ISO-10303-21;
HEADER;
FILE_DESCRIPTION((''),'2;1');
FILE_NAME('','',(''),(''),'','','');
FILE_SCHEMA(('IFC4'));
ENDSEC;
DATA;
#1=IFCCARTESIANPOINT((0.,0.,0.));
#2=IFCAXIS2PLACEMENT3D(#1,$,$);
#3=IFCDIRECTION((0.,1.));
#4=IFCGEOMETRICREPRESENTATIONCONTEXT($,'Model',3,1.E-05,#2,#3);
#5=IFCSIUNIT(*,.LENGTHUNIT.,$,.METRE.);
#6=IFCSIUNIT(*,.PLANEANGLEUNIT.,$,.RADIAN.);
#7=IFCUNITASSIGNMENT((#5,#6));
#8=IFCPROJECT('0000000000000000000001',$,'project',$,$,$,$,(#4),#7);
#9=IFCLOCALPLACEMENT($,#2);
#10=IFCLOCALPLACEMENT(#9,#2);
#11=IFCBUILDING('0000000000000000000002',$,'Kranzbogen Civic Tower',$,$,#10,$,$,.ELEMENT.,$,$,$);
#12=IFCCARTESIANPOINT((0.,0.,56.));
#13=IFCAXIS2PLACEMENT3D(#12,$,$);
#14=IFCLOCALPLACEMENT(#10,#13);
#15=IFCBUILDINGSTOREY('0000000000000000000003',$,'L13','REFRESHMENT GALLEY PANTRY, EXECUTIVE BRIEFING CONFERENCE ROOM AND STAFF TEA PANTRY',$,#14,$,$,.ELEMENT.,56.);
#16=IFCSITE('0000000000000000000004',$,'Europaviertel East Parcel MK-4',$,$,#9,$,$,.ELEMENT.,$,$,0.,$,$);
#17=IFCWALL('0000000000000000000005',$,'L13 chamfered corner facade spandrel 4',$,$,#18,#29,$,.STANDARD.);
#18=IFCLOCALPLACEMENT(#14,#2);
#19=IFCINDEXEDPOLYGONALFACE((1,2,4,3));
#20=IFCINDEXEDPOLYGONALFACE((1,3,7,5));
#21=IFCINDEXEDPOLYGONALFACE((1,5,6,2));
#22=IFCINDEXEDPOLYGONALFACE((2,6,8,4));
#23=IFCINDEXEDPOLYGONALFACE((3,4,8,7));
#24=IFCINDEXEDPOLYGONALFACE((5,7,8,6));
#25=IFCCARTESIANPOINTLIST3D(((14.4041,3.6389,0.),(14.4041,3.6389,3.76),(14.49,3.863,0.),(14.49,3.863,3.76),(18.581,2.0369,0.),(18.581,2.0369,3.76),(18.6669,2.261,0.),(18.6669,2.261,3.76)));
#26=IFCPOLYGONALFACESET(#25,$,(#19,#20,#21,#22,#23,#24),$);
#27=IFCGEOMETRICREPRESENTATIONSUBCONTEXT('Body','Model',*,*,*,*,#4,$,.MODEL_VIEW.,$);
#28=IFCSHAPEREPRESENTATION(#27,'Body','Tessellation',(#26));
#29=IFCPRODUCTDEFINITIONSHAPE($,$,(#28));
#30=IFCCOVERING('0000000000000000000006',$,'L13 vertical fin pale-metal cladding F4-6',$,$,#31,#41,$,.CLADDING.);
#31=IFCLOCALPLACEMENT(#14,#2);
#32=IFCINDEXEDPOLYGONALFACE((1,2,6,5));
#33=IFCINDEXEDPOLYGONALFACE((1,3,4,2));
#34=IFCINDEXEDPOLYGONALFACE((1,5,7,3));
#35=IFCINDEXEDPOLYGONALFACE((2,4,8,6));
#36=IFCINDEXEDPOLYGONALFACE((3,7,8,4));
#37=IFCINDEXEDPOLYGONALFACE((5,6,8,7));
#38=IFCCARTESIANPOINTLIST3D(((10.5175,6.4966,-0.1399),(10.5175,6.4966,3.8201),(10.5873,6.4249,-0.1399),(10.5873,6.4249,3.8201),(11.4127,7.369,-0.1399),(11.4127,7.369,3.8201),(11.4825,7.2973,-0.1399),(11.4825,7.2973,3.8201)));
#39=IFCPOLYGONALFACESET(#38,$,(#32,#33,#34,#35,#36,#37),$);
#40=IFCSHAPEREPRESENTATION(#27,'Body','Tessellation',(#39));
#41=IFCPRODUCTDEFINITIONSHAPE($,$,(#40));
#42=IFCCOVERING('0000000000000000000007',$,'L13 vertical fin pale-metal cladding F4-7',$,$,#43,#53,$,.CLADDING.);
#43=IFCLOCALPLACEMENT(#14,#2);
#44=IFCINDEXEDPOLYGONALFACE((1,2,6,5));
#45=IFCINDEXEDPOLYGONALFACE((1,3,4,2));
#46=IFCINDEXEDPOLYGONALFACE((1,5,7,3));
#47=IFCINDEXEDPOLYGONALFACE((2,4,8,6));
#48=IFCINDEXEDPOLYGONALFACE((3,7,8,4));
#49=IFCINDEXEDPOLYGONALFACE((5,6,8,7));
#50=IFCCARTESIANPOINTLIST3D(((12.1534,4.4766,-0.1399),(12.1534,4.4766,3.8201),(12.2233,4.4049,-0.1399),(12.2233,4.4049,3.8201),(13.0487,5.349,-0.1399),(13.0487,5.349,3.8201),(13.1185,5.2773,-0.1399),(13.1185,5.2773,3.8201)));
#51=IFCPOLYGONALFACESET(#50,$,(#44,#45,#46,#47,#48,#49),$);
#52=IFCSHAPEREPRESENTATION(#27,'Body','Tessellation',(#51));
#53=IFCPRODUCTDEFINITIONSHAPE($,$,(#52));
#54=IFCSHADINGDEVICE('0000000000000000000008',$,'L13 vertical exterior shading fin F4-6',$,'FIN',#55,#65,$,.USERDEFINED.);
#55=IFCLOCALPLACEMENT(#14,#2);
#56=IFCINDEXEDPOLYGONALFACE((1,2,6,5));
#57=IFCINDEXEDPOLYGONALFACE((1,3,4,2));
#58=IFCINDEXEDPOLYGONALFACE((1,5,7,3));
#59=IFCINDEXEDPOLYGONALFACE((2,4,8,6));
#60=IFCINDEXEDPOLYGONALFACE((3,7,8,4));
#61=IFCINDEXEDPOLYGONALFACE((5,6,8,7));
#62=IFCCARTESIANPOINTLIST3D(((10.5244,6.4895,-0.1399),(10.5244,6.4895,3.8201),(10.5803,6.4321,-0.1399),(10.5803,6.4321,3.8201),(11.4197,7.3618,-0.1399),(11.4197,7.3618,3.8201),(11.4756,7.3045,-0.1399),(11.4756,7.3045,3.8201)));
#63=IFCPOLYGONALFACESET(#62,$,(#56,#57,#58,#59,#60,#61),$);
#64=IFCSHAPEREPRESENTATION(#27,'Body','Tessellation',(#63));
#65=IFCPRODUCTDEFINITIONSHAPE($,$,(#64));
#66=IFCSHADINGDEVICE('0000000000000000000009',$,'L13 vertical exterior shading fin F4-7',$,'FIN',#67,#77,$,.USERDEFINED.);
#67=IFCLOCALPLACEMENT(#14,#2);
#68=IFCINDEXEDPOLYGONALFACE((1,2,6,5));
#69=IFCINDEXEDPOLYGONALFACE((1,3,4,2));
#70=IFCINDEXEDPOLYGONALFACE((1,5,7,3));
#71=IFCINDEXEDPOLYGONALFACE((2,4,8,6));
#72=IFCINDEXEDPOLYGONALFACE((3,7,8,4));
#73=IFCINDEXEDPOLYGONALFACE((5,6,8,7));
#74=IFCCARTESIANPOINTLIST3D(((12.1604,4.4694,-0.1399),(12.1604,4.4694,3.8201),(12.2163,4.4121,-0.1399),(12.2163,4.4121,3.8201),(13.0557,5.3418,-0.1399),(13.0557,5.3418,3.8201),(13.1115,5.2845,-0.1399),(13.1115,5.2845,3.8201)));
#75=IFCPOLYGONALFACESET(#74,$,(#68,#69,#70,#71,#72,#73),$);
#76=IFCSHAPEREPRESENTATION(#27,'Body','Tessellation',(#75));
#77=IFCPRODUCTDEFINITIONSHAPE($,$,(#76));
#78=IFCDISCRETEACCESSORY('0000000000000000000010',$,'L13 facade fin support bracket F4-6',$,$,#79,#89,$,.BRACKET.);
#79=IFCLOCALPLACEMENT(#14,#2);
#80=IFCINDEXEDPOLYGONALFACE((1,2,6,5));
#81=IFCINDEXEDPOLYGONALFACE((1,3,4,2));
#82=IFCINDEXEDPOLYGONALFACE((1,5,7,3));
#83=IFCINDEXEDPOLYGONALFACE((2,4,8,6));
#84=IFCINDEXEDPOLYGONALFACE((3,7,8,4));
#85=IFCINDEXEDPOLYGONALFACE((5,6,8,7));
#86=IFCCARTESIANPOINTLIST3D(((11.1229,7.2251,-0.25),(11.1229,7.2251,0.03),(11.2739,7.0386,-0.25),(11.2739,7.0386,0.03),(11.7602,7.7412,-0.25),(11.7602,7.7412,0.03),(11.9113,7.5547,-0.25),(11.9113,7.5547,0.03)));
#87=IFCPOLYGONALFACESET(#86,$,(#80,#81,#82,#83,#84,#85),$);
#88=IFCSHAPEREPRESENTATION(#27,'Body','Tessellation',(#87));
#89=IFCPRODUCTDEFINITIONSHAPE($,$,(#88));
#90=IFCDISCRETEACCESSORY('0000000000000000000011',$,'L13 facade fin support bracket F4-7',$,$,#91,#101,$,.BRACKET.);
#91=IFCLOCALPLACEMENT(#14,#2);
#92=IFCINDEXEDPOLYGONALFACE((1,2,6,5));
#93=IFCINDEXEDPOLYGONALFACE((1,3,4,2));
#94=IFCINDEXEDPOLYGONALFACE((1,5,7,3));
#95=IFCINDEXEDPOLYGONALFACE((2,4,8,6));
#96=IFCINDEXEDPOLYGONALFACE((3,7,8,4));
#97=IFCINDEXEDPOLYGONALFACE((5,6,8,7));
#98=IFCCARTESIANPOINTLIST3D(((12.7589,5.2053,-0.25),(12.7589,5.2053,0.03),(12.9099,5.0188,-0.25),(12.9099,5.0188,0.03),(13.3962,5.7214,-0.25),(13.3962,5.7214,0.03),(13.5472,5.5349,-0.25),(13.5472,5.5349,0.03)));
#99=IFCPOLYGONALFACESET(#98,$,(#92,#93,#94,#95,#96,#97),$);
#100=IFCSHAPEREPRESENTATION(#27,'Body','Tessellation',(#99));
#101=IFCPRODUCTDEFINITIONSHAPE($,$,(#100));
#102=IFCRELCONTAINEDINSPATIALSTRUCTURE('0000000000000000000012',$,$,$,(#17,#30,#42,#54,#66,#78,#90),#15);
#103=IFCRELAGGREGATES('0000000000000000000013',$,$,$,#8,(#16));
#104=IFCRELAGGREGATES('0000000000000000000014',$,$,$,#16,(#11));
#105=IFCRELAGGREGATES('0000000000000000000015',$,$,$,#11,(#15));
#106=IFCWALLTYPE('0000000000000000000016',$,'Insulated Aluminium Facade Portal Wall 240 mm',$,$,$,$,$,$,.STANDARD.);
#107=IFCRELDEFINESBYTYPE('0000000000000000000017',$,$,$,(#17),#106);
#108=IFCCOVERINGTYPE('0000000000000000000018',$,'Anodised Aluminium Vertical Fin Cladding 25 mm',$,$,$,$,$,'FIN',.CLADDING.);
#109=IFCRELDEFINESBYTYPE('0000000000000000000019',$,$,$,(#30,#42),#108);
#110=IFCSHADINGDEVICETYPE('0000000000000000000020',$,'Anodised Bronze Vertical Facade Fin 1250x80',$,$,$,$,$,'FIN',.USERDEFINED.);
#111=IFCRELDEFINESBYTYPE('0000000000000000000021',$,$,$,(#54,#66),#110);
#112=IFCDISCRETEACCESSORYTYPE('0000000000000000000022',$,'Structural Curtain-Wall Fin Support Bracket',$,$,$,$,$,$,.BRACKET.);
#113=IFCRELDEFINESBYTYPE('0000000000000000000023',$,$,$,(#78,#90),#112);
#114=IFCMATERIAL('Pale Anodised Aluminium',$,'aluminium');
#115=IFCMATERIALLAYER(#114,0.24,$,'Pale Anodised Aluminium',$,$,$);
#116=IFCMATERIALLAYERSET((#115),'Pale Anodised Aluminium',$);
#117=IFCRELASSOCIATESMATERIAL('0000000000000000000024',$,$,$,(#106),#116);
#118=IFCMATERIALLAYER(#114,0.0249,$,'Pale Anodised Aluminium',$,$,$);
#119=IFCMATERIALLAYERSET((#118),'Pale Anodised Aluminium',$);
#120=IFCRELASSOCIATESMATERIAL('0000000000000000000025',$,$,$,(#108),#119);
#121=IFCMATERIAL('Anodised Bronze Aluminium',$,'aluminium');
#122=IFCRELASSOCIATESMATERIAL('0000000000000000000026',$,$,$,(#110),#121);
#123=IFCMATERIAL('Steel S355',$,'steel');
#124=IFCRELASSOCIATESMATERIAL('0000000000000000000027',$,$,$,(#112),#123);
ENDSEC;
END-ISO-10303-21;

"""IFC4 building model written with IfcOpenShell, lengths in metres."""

from ifc_helpers import new_model, si_unit, direction, frame, frame_2d, origin, origin_2d, place, context, subcontext, project, spatial, rectangle, extrude, material, layer, layer_set, type_object, element, save


model = new_model("IFC4")

# Units and contexts
model_context = context("Model", 3, precision=1e-05, world=origin(), true_north=direction((0.0, 1.0)))
body_context = subcontext(model_context, "Body", "Model", "MODEL_VIEW")
ifc_project = project(units=[si_unit("LENGTHUNIT", "METRE"), si_unit("PLANEANGLEUNIT", "RADIAN")], contexts=[model_context])

# Site, building, storey
site_placement = place(None, origin())
site = spatial("IfcSite", under=ifc_project, at=site_placement, Name="Europaviertel East Parcel MK-4", CompositionType="ELEMENT", RefElevation=0.0)
building_placement = place(site_placement, origin())
building = spatial("IfcBuilding", under=site, at=building_placement, Name="Kranzbogen Civic Tower", CompositionType="ELEMENT")
storey_placement = place(building_placement, frame((0.0, 0.0, 56.0)))
storey = spatial("IfcBuildingStorey", under=building, at=storey_placement, Name="L13", Description="REFRESHMENT GALLEY PANTRY, EXECUTIVE BRIEFING CONFERENCE ROOM AND STAFF TEA PANTRY", CompositionType="ELEMENT", Elevation=56.0)

# Shared definitions
ifc_material_1 = material(Name="Pale Anodised Aluminium", Category="aluminium")

# Shared definitions
ifc_material_2 = material(Name="Steel S355", Category="steel")

# Wall
ifc_layer_1 = layer(ifc_material_1, 0.24, Name="Pale Anodised Aluminium")
ifc_layer_set_1 = layer_set([ifc_layer_1], Name="Pale Anodised Aluminium")
wall_type = type_object("IfcWallType", Name="Insulated Aluminium Facade Portal Wall 240 mm", PredefinedType="STANDARD", material=ifc_layer_set_1)
wall_placement = place(storey_placement, frame((14.447, 3.751, 0.0), z_axis=(0.0, 0.0, 1.0), x_axis=(0.933681, -0.358105, 0.0)))
element("IfcWall", 1, at=wall_placement, inside=storey, type_object=wall_type, Name="L13 chamfered corner facade spandrel 4", PredefinedType="STANDARD", context=body_context, shape_type="SweptSolid", body=[
    extrude(rectangle(XDim=4.4736, YDim=0.24, at=frame_2d((2.2368, 0.0))), origin(), (0.0, 0.0, 1.0), 3.76),
])

# Coverings
ifc_layer_2 = layer(ifc_material_1, 0.0249, Name="Pale Anodised Aluminium")
ifc_layer_set_2 = layer_set([ifc_layer_2], Name="Pale Anodised Aluminium")
covering_type = type_object("IfcCoveringType", Name="Anodised Aluminium Vertical Fin Cladding 25 mm", ElementType="FIN", PredefinedType="CLADDING", material=ifc_layer_set_2)
for number, where, z_axis, x_axis, name in (
    (2, (11.0, 6.897, -0.1399), (0.0, 0.0, 1.0), (-0.71618, -0.697915, 0.0), "L13 vertical fin pale-metal cladding F4-6"),
    (3, (12.636, 4.877, -0.1399), (0.0, 0.0, 1.0), (-0.71618, -0.697915, 0.0), "L13 vertical fin pale-metal cladding F4-7"),
):
    element("IfcCovering", number, at=place(storey_placement, frame(where, z_axis=z_axis, x_axis=x_axis)), inside=storey, type_object=covering_type, Name=name, PredefinedType="CLADDING", context=body_context, shape_type="SweptSolid", body=[
        extrude(rectangle(XDim=1.25, YDim=0.1001, at=origin_2d()), origin(), (0.0, 0.0, 1.0), 3.96),
    ])

# Shading devices
ifc_material_3 = material(Name="Anodised Bronze Aluminium", Category="aluminium")
shading_device_type = type_object("IfcShadingDeviceType", Name="Anodised Bronze Vertical Facade Fin 1250x80", ElementType="FIN", PredefinedType="USERDEFINED", material=ifc_material_3)
for number, where, z_axis, x_axis, name in (
    (4, (11.0, 6.897, -0.1399), (0.0, 0.0, 1.0), (-0.71618, -0.697915, 0.0), "L13 vertical exterior shading fin F4-6"),
    (5, (12.636, 4.877, -0.1399), (0.0, 0.0, 1.0), (-0.71618, -0.697915, 0.0), "L13 vertical exterior shading fin F4-7"),
):
    element("IfcShadingDevice", number, at=place(storey_placement, frame(where, z_axis=z_axis, x_axis=x_axis)), inside=storey, type_object=shading_device_type, Name=name, ObjectType="FIN", PredefinedType="USERDEFINED", context=body_context, shape_type="SweptSolid", body=[
        extrude(rectangle(XDim=1.25, YDim=0.0801, at=origin_2d()), origin(), (0.0, 0.0, 1.0), 3.96),
    ])

# Discrete accessories
discrete_accessory_type = type_object("IfcDiscreteAccessoryType", Name="Structural Curtain-Wall Fin Support Bracket", PredefinedType="BRACKET", material=ifc_material_2)
for number, where, z_axis, x_axis, name in (
    (6, (11.5171, 7.3899, -0.25), (0.0, 0.0, 1.0), (-0.777146, -0.62932, 0.0), "L13 facade fin support bracket F4-6"),
    (7, (13.1531, 5.3701, -0.25), (0.0, 0.0, 1.0), (-0.777146, -0.62932, 0.0), "L13 facade fin support bracket F4-7"),
):
    element("IfcDiscreteAccessory", number, at=place(storey_placement, frame(where, z_axis=z_axis, x_axis=x_axis)), inside=storey, type_object=discrete_accessory_type, Name=name, PredefinedType="BRACKET", context=body_context, shape_type="SweptSolid", body=[
        extrude(rectangle(XDim=0.8201, YDim=0.24, at=origin_2d()), origin(), (0.0, 0.0, 1.0), 0.28),
    ])

save(model, "model.ifc")
